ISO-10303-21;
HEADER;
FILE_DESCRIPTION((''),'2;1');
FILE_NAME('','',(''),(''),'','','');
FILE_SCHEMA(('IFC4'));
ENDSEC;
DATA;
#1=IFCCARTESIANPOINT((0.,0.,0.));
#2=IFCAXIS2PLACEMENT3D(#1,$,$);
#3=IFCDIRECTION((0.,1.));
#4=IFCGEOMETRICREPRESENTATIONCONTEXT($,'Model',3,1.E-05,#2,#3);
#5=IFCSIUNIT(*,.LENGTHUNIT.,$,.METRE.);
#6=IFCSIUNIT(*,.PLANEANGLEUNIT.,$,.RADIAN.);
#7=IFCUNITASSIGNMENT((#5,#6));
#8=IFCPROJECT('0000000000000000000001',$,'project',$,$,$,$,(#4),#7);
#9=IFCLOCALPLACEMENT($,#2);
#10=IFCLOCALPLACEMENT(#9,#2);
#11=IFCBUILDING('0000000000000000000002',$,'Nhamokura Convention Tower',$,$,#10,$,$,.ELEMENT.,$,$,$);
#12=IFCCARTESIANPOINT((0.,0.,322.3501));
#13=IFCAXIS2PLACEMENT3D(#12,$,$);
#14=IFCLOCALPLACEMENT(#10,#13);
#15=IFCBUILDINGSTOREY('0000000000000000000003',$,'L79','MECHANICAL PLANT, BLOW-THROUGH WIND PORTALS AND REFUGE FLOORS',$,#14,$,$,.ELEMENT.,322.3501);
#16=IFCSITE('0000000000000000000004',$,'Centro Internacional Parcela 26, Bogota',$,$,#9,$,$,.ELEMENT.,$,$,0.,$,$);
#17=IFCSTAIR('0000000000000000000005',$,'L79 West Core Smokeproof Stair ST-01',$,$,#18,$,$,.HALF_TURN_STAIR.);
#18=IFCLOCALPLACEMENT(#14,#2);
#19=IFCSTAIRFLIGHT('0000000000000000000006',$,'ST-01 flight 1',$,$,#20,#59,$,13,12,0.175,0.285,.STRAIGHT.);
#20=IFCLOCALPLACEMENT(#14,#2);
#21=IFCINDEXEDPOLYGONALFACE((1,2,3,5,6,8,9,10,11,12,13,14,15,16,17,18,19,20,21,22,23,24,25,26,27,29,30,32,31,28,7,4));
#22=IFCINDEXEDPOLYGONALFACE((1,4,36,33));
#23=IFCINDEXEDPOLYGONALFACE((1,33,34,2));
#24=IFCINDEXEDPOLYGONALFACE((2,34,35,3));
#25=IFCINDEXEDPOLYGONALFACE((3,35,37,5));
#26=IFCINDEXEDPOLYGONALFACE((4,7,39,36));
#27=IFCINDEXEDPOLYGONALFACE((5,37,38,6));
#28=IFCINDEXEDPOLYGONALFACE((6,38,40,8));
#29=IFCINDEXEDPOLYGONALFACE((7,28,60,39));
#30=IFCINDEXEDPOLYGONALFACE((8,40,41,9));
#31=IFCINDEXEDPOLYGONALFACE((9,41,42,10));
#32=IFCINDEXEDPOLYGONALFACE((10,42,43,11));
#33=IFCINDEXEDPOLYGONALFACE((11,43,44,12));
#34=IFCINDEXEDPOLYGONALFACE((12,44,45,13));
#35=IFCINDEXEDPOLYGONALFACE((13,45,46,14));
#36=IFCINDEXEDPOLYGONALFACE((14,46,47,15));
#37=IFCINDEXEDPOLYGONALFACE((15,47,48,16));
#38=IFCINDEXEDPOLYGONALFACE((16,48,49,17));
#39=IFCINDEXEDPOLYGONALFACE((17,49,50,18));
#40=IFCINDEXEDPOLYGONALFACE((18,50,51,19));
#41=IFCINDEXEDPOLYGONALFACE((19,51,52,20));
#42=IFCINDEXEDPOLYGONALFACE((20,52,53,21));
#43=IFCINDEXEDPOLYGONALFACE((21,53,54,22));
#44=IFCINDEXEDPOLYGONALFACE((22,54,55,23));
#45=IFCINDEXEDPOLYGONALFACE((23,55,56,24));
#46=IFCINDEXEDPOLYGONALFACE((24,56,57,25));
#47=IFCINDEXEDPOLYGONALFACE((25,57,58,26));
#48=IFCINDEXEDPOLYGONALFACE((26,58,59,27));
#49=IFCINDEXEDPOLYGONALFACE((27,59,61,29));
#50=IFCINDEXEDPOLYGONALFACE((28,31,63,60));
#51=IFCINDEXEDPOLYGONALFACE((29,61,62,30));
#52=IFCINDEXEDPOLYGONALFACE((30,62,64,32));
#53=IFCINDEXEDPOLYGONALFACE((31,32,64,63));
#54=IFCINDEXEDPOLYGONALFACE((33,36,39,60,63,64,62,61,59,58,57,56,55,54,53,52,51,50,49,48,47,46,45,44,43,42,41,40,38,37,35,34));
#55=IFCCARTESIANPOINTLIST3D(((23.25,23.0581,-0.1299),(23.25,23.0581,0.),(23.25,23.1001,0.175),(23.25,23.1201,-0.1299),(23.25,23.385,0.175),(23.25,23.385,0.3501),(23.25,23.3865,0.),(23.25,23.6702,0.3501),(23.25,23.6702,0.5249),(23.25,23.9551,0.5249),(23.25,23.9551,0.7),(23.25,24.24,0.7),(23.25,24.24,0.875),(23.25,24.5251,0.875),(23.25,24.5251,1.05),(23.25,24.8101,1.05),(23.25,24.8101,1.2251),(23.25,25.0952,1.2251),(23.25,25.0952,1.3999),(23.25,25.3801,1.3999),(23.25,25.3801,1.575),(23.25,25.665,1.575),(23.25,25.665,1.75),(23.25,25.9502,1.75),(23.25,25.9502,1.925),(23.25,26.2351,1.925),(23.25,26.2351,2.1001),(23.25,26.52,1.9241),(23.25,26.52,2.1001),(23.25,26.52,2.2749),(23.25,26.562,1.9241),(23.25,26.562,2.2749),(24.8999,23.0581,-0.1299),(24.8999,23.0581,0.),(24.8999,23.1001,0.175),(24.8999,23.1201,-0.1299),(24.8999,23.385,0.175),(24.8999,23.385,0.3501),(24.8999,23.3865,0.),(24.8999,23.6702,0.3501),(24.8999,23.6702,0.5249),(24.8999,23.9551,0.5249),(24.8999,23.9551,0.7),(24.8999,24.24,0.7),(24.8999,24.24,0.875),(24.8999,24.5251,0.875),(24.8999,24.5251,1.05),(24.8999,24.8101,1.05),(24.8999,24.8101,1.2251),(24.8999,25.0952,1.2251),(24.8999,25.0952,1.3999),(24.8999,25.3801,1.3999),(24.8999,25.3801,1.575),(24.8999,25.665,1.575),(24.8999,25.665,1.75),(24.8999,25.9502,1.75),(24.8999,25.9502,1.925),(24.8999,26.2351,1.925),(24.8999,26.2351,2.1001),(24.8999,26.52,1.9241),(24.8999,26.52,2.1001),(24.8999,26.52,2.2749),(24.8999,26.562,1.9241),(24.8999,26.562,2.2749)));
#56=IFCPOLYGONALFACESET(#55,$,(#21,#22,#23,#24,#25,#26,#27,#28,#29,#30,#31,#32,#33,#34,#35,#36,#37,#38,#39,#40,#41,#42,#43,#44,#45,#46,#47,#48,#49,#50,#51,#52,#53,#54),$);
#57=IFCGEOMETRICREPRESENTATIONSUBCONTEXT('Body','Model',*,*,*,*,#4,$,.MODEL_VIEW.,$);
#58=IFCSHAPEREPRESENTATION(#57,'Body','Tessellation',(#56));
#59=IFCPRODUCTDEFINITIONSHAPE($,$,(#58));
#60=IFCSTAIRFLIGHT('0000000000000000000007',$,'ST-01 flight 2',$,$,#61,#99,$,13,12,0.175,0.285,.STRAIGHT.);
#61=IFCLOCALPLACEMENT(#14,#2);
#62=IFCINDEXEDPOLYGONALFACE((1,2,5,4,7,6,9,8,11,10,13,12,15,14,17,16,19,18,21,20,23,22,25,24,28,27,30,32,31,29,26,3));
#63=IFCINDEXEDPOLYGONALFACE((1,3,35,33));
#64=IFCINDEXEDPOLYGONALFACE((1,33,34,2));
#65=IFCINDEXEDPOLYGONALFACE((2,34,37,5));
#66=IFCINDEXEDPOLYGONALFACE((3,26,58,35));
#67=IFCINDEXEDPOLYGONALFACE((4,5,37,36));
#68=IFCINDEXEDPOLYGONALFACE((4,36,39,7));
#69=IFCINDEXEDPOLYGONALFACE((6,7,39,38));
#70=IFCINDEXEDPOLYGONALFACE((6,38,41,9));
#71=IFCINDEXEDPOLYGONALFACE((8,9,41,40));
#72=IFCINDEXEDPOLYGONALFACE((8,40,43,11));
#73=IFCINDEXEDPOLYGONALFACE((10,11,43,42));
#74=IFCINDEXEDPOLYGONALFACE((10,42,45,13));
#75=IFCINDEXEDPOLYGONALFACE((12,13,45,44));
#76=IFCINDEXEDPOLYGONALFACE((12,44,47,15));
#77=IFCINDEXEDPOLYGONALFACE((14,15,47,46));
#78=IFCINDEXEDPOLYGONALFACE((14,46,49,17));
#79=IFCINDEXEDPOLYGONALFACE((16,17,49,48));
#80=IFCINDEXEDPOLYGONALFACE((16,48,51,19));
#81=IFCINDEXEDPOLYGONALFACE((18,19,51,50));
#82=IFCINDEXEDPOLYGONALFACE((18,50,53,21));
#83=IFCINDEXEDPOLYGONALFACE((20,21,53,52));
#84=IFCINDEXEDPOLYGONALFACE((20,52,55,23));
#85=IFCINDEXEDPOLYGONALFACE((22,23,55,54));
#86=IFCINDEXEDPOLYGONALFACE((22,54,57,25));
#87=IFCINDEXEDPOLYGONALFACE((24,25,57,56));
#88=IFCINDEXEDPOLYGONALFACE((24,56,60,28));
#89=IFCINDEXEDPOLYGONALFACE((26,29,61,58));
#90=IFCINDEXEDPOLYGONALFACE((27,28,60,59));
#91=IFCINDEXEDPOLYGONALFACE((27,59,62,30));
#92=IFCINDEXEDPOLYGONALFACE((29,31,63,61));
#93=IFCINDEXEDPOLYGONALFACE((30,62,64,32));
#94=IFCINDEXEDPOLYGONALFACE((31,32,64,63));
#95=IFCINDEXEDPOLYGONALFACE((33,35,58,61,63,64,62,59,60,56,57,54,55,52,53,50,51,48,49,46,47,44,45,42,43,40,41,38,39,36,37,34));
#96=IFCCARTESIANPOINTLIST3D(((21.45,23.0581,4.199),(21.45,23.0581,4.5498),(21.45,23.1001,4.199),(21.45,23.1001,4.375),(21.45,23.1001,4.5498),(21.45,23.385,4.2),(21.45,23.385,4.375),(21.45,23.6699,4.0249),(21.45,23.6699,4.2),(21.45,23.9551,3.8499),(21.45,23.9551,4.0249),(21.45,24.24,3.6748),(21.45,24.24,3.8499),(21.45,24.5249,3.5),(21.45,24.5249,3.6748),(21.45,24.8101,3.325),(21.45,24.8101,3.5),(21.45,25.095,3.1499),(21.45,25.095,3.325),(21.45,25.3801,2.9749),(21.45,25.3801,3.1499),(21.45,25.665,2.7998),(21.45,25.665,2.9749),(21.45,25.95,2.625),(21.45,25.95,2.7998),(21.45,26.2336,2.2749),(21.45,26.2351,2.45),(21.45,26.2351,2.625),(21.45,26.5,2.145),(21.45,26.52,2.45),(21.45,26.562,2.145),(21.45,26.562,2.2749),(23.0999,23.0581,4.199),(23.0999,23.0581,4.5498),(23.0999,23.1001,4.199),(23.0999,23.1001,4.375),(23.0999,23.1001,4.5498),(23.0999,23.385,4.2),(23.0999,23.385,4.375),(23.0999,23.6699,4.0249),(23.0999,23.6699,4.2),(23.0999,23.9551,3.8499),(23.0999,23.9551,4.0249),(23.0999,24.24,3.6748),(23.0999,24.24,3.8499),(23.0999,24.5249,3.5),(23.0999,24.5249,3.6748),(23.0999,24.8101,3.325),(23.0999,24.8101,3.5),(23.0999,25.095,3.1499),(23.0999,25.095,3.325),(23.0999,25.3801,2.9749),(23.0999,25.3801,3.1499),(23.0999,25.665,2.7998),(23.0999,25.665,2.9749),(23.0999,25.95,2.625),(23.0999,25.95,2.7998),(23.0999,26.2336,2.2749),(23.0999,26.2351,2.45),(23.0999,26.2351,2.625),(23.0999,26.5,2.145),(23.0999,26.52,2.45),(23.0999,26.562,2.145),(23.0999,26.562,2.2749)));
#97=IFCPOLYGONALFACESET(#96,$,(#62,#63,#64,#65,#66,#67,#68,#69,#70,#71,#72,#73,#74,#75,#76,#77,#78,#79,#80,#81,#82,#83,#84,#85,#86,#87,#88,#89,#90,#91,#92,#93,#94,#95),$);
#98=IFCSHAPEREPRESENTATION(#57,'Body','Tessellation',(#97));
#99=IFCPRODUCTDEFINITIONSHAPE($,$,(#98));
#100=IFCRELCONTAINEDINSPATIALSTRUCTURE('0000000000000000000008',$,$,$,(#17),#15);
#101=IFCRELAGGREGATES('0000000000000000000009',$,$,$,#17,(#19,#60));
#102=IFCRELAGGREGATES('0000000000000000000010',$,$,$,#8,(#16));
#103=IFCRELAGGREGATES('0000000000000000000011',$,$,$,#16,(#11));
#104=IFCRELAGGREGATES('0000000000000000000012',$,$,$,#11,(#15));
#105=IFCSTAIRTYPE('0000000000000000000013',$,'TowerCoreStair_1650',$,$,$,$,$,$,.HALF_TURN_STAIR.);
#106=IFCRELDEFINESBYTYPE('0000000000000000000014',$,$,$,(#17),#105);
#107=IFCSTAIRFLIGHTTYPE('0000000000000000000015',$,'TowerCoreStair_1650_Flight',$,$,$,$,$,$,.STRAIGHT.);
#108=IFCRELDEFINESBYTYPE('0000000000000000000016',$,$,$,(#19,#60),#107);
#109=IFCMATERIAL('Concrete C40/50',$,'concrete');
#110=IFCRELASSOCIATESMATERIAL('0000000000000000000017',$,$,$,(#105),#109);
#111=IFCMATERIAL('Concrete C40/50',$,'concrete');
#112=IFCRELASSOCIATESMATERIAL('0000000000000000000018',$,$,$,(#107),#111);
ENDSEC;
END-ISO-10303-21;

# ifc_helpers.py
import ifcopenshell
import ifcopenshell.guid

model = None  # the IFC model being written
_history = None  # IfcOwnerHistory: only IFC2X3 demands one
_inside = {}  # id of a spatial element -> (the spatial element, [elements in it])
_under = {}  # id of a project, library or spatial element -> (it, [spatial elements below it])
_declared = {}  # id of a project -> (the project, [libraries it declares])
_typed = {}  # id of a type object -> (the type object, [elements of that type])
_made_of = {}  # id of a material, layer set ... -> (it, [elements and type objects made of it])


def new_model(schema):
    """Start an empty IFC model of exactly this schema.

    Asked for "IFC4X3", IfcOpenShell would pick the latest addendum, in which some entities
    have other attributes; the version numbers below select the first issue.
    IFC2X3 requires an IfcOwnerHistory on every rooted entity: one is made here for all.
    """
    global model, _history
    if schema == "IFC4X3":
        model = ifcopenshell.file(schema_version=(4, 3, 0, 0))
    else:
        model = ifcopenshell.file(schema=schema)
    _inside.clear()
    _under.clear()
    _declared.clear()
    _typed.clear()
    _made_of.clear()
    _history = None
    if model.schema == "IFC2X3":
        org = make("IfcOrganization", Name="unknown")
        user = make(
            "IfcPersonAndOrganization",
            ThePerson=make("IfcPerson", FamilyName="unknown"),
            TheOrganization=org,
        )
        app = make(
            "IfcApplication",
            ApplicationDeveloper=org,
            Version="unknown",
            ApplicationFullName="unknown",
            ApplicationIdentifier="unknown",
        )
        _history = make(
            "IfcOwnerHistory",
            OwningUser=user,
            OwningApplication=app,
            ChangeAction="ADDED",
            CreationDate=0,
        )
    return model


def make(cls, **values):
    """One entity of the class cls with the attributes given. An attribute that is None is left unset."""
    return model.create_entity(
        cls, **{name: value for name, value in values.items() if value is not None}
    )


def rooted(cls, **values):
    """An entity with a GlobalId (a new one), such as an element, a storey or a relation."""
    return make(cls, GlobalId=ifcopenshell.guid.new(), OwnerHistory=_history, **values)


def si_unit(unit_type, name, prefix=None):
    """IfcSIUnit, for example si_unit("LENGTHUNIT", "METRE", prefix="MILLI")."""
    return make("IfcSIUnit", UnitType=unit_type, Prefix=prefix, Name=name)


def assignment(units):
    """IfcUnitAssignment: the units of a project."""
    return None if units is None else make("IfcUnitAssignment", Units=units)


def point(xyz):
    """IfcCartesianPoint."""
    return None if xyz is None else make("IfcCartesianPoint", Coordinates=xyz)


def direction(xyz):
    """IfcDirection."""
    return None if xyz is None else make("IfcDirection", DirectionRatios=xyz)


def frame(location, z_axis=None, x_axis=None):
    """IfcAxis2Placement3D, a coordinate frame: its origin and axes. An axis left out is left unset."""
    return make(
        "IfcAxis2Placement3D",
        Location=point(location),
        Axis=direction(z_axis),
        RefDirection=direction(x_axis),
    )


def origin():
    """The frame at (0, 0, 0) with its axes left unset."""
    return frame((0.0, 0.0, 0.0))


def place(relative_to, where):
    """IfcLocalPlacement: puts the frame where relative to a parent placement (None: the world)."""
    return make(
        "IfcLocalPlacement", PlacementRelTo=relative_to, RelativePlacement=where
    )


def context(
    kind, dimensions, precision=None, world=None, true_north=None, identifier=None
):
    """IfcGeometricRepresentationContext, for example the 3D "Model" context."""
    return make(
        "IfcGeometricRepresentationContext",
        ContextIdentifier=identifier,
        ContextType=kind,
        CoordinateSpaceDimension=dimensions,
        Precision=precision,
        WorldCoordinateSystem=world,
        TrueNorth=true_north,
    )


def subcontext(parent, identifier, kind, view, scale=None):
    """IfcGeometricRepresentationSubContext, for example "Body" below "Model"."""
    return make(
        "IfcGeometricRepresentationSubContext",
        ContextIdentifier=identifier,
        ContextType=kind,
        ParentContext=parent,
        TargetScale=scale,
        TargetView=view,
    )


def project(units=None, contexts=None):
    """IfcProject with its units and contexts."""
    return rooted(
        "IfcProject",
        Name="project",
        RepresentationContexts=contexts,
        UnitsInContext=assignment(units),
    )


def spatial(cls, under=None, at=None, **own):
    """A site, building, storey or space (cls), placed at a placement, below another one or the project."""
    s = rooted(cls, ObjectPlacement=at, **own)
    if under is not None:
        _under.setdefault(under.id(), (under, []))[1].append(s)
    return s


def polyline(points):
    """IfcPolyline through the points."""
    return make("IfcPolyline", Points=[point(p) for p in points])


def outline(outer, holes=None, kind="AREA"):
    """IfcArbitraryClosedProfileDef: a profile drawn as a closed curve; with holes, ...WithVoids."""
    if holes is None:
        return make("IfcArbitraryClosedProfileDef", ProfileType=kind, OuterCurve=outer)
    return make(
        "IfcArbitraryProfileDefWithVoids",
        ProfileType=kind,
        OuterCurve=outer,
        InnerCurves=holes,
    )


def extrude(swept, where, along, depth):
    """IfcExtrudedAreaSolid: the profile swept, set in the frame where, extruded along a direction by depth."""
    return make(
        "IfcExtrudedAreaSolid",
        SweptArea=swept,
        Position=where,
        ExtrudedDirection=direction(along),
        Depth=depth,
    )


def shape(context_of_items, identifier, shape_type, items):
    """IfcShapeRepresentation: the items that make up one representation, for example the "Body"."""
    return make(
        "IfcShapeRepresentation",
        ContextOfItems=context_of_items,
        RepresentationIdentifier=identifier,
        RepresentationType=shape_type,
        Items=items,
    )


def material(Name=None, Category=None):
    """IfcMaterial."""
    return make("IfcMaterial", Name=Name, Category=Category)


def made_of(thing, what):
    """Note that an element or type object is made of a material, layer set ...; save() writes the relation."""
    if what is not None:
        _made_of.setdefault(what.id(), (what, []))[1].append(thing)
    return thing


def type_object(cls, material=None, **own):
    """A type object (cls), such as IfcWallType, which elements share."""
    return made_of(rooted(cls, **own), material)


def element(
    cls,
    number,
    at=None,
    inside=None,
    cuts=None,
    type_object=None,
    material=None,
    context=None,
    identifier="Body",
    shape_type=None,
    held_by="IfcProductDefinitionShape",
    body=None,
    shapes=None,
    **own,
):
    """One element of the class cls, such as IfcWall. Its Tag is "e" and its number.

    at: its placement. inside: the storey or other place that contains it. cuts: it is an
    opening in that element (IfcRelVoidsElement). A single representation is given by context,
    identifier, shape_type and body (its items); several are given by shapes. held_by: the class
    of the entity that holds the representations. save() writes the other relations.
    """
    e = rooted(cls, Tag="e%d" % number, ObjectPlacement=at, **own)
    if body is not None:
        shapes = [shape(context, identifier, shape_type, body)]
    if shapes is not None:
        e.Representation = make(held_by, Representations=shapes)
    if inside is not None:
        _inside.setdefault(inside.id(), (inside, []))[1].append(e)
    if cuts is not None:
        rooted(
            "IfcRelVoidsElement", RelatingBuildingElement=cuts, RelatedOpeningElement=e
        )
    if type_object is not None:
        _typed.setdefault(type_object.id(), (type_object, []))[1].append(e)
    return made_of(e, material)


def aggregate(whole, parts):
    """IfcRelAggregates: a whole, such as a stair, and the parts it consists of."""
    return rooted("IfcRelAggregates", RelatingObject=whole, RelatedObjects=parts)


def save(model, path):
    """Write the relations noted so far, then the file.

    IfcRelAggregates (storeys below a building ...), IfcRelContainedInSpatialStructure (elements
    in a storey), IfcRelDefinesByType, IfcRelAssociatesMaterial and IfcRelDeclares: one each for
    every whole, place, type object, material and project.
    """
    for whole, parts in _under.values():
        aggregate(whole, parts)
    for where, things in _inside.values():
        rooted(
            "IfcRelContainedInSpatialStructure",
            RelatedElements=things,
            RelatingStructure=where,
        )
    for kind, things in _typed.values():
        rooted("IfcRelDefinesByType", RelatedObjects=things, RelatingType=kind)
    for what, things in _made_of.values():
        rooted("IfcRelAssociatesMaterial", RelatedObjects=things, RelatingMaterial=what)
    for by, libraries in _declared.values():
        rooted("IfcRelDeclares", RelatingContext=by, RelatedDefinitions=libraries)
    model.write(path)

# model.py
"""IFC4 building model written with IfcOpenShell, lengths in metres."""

from ifc_helpers import new_model, si_unit, direction, frame, origin, place, context, subcontext, project, spatial, polyline, outline, extrude, material, type_object, element, aggregate, save


model = new_model("IFC4")

# Units and contexts
model_context = context("Model", 3, precision=1e-05, world=origin(), true_north=direction((0.0, 1.0)))
body_context = subcontext(model_context, "Body", "Model", "MODEL_VIEW")
ifc_project = project(units=[si_unit("LENGTHUNIT", "METRE"), si_unit("PLANEANGLEUNIT", "RADIAN")], contexts=[model_context])

# Site, building, storey
site_placement = place(None, origin())
site = spatial("IfcSite", under=ifc_project, at=site_placement, Name="Centro Internacional Parcela 26, Bogota", CompositionType="ELEMENT", RefElevation=0.0)
building_placement = place(site_placement, origin())
building = spatial("IfcBuilding", under=site, at=building_placement, Name="Nhamokura Convention Tower", CompositionType="ELEMENT")
storey_placement = place(building_placement, frame((0.0, 0.0, 322.3501)))
storey = spatial("IfcBuildingStorey", under=building, at=storey_placement, Name="L79", Description="MECHANICAL PLANT, BLOW-THROUGH WIND PORTALS AND REFUGE FLOORS", CompositionType="ELEMENT", Elevation=322.3501)

# Stair, stair flights
ifc_material_1 = material(Name="Concrete C40/50", Category="concrete")
stair_type = type_object("IfcStairType", Name="TowerCoreStair_1650", PredefinedType="HALF_TURN_STAIR", material=ifc_material_1)
stair_placement = place(storey_placement, origin())
stair = element("IfcStair", 1, at=stair_placement, inside=storey, type_object=stair_type, Name="L79 West Core Smokeproof Stair ST-01", PredefinedType="HALF_TURN_STAIR")
ifc_material_2 = material(Name="Concrete C40/50", Category="concrete")
stair_flight_type = type_object("IfcStairFlightType", Name="TowerCoreStair_1650_Flight", PredefinedType="STRAIGHT", material=ifc_material_2)
stair_flight_1_placement = place(storey_placement, frame((24.075, 23.1001, 0.0), z_axis=(0.0, 0.0, 1.0), x_axis=(0.0, 1.0, 0.0)))
stair_flight_1 = element("IfcStairFlight", 2, at=stair_flight_1_placement, type_object=stair_flight_type, Name="ST-01 flight 1", NumberOfRisers=13, NumberOfTreads=12, PredefinedType="STRAIGHT", RiserHeight=0.175, TreadLength=0.285, context=body_context, shape_type="SweptSolid", body=[
    extrude(outline(polyline([(-0.042, 0.0), (0.0, 0.175), (0.2849, 0.175), (0.2849, 0.3501), (0.5701, 0.3501), (0.5701, 0.5249), (0.855, 0.5249), (0.855, 0.7), (1.1399, 0.7), (1.1399, 0.875), (1.425, 0.875), (1.425, 1.05), (1.71, 1.05), (1.71, 1.2251), (1.9951, 1.2251), (1.9951, 1.3999), (2.28, 1.3999), (2.28, 1.575), (2.5649, 1.575), (2.5649, 1.75), (2.8501, 1.75), (2.8501, 1.925), (3.135, 1.925), (3.135, 2.1001), (3.4199, 2.1001), (3.4199, 2.2749), (3.4619, 2.2749), (3.4619, 1.9241), (3.4199, 1.9241), (0.2864, 0.0), (0.02, -0.1299), (-0.042, -0.1299), (-0.042, 0.0)])), frame((0.0, 0.825, 0.0), z_axis=(0.0, -1.0, 0.0), x_axis=(1.0, 0.0, 0.0)), (0.0, 0.0, 1.0), 1.6499),
])
stair_flight_2_placement = place(storey_placement, frame((22.2749, 26.52, 2.2749), z_axis=(0.0, 0.0, 1.0), x_axis=(0.0, -1.0, 0.0)))
stair_flight_2 = element("IfcStairFlight", 3, at=stair_flight_2_placement, type_object=stair_flight_type, Name="ST-01 flight 2", NumberOfRisers=13, NumberOfTreads=12, PredefinedType="STRAIGHT", RiserHeight=0.175, TreadLength=0.285, context=body_context, shape_type="SweptSolid", body=[
    extrude(outline(polyline([(-0.042, 0.0), (0.0, 0.175), (0.2849, 0.175), (0.2849, 0.3501), (0.5701, 0.3501), (0.5701, 0.5249), (0.855, 0.5249), (0.855, 0.7), (1.1399, 0.7), (1.1399, 0.875), (1.425, 0.875), (1.425, 1.05), (1.71, 1.05), (1.71, 1.2251), (1.9951, 1.2251), (1.9951, 1.3999), (2.28, 1.3999), (2.28, 1.575), (2.5649, 1.575), (2.5649, 1.75), (2.8501, 1.75), (2.8501, 1.925), (3.135, 1.925), (3.135, 2.1001), (3.4199, 2.1001), (3.4199, 2.2749), (3.4619, 2.2749), (3.4619, 1.9241), (3.4199, 1.9241), (0.2864, 0.0), (0.02, -0.1299), (-0.042, -0.1299), (-0.042, 0.0)])), frame((0.0, 0.825, 0.0), z_axis=(0.0, -1.0, 0.0), x_axis=(1.0, 0.0, 0.0)), (0.0, 0.0, 1.0), 1.6499),
])
aggregate(stair, [stair_flight_1, stair_flight_2])

save(model, "model.ifc")
